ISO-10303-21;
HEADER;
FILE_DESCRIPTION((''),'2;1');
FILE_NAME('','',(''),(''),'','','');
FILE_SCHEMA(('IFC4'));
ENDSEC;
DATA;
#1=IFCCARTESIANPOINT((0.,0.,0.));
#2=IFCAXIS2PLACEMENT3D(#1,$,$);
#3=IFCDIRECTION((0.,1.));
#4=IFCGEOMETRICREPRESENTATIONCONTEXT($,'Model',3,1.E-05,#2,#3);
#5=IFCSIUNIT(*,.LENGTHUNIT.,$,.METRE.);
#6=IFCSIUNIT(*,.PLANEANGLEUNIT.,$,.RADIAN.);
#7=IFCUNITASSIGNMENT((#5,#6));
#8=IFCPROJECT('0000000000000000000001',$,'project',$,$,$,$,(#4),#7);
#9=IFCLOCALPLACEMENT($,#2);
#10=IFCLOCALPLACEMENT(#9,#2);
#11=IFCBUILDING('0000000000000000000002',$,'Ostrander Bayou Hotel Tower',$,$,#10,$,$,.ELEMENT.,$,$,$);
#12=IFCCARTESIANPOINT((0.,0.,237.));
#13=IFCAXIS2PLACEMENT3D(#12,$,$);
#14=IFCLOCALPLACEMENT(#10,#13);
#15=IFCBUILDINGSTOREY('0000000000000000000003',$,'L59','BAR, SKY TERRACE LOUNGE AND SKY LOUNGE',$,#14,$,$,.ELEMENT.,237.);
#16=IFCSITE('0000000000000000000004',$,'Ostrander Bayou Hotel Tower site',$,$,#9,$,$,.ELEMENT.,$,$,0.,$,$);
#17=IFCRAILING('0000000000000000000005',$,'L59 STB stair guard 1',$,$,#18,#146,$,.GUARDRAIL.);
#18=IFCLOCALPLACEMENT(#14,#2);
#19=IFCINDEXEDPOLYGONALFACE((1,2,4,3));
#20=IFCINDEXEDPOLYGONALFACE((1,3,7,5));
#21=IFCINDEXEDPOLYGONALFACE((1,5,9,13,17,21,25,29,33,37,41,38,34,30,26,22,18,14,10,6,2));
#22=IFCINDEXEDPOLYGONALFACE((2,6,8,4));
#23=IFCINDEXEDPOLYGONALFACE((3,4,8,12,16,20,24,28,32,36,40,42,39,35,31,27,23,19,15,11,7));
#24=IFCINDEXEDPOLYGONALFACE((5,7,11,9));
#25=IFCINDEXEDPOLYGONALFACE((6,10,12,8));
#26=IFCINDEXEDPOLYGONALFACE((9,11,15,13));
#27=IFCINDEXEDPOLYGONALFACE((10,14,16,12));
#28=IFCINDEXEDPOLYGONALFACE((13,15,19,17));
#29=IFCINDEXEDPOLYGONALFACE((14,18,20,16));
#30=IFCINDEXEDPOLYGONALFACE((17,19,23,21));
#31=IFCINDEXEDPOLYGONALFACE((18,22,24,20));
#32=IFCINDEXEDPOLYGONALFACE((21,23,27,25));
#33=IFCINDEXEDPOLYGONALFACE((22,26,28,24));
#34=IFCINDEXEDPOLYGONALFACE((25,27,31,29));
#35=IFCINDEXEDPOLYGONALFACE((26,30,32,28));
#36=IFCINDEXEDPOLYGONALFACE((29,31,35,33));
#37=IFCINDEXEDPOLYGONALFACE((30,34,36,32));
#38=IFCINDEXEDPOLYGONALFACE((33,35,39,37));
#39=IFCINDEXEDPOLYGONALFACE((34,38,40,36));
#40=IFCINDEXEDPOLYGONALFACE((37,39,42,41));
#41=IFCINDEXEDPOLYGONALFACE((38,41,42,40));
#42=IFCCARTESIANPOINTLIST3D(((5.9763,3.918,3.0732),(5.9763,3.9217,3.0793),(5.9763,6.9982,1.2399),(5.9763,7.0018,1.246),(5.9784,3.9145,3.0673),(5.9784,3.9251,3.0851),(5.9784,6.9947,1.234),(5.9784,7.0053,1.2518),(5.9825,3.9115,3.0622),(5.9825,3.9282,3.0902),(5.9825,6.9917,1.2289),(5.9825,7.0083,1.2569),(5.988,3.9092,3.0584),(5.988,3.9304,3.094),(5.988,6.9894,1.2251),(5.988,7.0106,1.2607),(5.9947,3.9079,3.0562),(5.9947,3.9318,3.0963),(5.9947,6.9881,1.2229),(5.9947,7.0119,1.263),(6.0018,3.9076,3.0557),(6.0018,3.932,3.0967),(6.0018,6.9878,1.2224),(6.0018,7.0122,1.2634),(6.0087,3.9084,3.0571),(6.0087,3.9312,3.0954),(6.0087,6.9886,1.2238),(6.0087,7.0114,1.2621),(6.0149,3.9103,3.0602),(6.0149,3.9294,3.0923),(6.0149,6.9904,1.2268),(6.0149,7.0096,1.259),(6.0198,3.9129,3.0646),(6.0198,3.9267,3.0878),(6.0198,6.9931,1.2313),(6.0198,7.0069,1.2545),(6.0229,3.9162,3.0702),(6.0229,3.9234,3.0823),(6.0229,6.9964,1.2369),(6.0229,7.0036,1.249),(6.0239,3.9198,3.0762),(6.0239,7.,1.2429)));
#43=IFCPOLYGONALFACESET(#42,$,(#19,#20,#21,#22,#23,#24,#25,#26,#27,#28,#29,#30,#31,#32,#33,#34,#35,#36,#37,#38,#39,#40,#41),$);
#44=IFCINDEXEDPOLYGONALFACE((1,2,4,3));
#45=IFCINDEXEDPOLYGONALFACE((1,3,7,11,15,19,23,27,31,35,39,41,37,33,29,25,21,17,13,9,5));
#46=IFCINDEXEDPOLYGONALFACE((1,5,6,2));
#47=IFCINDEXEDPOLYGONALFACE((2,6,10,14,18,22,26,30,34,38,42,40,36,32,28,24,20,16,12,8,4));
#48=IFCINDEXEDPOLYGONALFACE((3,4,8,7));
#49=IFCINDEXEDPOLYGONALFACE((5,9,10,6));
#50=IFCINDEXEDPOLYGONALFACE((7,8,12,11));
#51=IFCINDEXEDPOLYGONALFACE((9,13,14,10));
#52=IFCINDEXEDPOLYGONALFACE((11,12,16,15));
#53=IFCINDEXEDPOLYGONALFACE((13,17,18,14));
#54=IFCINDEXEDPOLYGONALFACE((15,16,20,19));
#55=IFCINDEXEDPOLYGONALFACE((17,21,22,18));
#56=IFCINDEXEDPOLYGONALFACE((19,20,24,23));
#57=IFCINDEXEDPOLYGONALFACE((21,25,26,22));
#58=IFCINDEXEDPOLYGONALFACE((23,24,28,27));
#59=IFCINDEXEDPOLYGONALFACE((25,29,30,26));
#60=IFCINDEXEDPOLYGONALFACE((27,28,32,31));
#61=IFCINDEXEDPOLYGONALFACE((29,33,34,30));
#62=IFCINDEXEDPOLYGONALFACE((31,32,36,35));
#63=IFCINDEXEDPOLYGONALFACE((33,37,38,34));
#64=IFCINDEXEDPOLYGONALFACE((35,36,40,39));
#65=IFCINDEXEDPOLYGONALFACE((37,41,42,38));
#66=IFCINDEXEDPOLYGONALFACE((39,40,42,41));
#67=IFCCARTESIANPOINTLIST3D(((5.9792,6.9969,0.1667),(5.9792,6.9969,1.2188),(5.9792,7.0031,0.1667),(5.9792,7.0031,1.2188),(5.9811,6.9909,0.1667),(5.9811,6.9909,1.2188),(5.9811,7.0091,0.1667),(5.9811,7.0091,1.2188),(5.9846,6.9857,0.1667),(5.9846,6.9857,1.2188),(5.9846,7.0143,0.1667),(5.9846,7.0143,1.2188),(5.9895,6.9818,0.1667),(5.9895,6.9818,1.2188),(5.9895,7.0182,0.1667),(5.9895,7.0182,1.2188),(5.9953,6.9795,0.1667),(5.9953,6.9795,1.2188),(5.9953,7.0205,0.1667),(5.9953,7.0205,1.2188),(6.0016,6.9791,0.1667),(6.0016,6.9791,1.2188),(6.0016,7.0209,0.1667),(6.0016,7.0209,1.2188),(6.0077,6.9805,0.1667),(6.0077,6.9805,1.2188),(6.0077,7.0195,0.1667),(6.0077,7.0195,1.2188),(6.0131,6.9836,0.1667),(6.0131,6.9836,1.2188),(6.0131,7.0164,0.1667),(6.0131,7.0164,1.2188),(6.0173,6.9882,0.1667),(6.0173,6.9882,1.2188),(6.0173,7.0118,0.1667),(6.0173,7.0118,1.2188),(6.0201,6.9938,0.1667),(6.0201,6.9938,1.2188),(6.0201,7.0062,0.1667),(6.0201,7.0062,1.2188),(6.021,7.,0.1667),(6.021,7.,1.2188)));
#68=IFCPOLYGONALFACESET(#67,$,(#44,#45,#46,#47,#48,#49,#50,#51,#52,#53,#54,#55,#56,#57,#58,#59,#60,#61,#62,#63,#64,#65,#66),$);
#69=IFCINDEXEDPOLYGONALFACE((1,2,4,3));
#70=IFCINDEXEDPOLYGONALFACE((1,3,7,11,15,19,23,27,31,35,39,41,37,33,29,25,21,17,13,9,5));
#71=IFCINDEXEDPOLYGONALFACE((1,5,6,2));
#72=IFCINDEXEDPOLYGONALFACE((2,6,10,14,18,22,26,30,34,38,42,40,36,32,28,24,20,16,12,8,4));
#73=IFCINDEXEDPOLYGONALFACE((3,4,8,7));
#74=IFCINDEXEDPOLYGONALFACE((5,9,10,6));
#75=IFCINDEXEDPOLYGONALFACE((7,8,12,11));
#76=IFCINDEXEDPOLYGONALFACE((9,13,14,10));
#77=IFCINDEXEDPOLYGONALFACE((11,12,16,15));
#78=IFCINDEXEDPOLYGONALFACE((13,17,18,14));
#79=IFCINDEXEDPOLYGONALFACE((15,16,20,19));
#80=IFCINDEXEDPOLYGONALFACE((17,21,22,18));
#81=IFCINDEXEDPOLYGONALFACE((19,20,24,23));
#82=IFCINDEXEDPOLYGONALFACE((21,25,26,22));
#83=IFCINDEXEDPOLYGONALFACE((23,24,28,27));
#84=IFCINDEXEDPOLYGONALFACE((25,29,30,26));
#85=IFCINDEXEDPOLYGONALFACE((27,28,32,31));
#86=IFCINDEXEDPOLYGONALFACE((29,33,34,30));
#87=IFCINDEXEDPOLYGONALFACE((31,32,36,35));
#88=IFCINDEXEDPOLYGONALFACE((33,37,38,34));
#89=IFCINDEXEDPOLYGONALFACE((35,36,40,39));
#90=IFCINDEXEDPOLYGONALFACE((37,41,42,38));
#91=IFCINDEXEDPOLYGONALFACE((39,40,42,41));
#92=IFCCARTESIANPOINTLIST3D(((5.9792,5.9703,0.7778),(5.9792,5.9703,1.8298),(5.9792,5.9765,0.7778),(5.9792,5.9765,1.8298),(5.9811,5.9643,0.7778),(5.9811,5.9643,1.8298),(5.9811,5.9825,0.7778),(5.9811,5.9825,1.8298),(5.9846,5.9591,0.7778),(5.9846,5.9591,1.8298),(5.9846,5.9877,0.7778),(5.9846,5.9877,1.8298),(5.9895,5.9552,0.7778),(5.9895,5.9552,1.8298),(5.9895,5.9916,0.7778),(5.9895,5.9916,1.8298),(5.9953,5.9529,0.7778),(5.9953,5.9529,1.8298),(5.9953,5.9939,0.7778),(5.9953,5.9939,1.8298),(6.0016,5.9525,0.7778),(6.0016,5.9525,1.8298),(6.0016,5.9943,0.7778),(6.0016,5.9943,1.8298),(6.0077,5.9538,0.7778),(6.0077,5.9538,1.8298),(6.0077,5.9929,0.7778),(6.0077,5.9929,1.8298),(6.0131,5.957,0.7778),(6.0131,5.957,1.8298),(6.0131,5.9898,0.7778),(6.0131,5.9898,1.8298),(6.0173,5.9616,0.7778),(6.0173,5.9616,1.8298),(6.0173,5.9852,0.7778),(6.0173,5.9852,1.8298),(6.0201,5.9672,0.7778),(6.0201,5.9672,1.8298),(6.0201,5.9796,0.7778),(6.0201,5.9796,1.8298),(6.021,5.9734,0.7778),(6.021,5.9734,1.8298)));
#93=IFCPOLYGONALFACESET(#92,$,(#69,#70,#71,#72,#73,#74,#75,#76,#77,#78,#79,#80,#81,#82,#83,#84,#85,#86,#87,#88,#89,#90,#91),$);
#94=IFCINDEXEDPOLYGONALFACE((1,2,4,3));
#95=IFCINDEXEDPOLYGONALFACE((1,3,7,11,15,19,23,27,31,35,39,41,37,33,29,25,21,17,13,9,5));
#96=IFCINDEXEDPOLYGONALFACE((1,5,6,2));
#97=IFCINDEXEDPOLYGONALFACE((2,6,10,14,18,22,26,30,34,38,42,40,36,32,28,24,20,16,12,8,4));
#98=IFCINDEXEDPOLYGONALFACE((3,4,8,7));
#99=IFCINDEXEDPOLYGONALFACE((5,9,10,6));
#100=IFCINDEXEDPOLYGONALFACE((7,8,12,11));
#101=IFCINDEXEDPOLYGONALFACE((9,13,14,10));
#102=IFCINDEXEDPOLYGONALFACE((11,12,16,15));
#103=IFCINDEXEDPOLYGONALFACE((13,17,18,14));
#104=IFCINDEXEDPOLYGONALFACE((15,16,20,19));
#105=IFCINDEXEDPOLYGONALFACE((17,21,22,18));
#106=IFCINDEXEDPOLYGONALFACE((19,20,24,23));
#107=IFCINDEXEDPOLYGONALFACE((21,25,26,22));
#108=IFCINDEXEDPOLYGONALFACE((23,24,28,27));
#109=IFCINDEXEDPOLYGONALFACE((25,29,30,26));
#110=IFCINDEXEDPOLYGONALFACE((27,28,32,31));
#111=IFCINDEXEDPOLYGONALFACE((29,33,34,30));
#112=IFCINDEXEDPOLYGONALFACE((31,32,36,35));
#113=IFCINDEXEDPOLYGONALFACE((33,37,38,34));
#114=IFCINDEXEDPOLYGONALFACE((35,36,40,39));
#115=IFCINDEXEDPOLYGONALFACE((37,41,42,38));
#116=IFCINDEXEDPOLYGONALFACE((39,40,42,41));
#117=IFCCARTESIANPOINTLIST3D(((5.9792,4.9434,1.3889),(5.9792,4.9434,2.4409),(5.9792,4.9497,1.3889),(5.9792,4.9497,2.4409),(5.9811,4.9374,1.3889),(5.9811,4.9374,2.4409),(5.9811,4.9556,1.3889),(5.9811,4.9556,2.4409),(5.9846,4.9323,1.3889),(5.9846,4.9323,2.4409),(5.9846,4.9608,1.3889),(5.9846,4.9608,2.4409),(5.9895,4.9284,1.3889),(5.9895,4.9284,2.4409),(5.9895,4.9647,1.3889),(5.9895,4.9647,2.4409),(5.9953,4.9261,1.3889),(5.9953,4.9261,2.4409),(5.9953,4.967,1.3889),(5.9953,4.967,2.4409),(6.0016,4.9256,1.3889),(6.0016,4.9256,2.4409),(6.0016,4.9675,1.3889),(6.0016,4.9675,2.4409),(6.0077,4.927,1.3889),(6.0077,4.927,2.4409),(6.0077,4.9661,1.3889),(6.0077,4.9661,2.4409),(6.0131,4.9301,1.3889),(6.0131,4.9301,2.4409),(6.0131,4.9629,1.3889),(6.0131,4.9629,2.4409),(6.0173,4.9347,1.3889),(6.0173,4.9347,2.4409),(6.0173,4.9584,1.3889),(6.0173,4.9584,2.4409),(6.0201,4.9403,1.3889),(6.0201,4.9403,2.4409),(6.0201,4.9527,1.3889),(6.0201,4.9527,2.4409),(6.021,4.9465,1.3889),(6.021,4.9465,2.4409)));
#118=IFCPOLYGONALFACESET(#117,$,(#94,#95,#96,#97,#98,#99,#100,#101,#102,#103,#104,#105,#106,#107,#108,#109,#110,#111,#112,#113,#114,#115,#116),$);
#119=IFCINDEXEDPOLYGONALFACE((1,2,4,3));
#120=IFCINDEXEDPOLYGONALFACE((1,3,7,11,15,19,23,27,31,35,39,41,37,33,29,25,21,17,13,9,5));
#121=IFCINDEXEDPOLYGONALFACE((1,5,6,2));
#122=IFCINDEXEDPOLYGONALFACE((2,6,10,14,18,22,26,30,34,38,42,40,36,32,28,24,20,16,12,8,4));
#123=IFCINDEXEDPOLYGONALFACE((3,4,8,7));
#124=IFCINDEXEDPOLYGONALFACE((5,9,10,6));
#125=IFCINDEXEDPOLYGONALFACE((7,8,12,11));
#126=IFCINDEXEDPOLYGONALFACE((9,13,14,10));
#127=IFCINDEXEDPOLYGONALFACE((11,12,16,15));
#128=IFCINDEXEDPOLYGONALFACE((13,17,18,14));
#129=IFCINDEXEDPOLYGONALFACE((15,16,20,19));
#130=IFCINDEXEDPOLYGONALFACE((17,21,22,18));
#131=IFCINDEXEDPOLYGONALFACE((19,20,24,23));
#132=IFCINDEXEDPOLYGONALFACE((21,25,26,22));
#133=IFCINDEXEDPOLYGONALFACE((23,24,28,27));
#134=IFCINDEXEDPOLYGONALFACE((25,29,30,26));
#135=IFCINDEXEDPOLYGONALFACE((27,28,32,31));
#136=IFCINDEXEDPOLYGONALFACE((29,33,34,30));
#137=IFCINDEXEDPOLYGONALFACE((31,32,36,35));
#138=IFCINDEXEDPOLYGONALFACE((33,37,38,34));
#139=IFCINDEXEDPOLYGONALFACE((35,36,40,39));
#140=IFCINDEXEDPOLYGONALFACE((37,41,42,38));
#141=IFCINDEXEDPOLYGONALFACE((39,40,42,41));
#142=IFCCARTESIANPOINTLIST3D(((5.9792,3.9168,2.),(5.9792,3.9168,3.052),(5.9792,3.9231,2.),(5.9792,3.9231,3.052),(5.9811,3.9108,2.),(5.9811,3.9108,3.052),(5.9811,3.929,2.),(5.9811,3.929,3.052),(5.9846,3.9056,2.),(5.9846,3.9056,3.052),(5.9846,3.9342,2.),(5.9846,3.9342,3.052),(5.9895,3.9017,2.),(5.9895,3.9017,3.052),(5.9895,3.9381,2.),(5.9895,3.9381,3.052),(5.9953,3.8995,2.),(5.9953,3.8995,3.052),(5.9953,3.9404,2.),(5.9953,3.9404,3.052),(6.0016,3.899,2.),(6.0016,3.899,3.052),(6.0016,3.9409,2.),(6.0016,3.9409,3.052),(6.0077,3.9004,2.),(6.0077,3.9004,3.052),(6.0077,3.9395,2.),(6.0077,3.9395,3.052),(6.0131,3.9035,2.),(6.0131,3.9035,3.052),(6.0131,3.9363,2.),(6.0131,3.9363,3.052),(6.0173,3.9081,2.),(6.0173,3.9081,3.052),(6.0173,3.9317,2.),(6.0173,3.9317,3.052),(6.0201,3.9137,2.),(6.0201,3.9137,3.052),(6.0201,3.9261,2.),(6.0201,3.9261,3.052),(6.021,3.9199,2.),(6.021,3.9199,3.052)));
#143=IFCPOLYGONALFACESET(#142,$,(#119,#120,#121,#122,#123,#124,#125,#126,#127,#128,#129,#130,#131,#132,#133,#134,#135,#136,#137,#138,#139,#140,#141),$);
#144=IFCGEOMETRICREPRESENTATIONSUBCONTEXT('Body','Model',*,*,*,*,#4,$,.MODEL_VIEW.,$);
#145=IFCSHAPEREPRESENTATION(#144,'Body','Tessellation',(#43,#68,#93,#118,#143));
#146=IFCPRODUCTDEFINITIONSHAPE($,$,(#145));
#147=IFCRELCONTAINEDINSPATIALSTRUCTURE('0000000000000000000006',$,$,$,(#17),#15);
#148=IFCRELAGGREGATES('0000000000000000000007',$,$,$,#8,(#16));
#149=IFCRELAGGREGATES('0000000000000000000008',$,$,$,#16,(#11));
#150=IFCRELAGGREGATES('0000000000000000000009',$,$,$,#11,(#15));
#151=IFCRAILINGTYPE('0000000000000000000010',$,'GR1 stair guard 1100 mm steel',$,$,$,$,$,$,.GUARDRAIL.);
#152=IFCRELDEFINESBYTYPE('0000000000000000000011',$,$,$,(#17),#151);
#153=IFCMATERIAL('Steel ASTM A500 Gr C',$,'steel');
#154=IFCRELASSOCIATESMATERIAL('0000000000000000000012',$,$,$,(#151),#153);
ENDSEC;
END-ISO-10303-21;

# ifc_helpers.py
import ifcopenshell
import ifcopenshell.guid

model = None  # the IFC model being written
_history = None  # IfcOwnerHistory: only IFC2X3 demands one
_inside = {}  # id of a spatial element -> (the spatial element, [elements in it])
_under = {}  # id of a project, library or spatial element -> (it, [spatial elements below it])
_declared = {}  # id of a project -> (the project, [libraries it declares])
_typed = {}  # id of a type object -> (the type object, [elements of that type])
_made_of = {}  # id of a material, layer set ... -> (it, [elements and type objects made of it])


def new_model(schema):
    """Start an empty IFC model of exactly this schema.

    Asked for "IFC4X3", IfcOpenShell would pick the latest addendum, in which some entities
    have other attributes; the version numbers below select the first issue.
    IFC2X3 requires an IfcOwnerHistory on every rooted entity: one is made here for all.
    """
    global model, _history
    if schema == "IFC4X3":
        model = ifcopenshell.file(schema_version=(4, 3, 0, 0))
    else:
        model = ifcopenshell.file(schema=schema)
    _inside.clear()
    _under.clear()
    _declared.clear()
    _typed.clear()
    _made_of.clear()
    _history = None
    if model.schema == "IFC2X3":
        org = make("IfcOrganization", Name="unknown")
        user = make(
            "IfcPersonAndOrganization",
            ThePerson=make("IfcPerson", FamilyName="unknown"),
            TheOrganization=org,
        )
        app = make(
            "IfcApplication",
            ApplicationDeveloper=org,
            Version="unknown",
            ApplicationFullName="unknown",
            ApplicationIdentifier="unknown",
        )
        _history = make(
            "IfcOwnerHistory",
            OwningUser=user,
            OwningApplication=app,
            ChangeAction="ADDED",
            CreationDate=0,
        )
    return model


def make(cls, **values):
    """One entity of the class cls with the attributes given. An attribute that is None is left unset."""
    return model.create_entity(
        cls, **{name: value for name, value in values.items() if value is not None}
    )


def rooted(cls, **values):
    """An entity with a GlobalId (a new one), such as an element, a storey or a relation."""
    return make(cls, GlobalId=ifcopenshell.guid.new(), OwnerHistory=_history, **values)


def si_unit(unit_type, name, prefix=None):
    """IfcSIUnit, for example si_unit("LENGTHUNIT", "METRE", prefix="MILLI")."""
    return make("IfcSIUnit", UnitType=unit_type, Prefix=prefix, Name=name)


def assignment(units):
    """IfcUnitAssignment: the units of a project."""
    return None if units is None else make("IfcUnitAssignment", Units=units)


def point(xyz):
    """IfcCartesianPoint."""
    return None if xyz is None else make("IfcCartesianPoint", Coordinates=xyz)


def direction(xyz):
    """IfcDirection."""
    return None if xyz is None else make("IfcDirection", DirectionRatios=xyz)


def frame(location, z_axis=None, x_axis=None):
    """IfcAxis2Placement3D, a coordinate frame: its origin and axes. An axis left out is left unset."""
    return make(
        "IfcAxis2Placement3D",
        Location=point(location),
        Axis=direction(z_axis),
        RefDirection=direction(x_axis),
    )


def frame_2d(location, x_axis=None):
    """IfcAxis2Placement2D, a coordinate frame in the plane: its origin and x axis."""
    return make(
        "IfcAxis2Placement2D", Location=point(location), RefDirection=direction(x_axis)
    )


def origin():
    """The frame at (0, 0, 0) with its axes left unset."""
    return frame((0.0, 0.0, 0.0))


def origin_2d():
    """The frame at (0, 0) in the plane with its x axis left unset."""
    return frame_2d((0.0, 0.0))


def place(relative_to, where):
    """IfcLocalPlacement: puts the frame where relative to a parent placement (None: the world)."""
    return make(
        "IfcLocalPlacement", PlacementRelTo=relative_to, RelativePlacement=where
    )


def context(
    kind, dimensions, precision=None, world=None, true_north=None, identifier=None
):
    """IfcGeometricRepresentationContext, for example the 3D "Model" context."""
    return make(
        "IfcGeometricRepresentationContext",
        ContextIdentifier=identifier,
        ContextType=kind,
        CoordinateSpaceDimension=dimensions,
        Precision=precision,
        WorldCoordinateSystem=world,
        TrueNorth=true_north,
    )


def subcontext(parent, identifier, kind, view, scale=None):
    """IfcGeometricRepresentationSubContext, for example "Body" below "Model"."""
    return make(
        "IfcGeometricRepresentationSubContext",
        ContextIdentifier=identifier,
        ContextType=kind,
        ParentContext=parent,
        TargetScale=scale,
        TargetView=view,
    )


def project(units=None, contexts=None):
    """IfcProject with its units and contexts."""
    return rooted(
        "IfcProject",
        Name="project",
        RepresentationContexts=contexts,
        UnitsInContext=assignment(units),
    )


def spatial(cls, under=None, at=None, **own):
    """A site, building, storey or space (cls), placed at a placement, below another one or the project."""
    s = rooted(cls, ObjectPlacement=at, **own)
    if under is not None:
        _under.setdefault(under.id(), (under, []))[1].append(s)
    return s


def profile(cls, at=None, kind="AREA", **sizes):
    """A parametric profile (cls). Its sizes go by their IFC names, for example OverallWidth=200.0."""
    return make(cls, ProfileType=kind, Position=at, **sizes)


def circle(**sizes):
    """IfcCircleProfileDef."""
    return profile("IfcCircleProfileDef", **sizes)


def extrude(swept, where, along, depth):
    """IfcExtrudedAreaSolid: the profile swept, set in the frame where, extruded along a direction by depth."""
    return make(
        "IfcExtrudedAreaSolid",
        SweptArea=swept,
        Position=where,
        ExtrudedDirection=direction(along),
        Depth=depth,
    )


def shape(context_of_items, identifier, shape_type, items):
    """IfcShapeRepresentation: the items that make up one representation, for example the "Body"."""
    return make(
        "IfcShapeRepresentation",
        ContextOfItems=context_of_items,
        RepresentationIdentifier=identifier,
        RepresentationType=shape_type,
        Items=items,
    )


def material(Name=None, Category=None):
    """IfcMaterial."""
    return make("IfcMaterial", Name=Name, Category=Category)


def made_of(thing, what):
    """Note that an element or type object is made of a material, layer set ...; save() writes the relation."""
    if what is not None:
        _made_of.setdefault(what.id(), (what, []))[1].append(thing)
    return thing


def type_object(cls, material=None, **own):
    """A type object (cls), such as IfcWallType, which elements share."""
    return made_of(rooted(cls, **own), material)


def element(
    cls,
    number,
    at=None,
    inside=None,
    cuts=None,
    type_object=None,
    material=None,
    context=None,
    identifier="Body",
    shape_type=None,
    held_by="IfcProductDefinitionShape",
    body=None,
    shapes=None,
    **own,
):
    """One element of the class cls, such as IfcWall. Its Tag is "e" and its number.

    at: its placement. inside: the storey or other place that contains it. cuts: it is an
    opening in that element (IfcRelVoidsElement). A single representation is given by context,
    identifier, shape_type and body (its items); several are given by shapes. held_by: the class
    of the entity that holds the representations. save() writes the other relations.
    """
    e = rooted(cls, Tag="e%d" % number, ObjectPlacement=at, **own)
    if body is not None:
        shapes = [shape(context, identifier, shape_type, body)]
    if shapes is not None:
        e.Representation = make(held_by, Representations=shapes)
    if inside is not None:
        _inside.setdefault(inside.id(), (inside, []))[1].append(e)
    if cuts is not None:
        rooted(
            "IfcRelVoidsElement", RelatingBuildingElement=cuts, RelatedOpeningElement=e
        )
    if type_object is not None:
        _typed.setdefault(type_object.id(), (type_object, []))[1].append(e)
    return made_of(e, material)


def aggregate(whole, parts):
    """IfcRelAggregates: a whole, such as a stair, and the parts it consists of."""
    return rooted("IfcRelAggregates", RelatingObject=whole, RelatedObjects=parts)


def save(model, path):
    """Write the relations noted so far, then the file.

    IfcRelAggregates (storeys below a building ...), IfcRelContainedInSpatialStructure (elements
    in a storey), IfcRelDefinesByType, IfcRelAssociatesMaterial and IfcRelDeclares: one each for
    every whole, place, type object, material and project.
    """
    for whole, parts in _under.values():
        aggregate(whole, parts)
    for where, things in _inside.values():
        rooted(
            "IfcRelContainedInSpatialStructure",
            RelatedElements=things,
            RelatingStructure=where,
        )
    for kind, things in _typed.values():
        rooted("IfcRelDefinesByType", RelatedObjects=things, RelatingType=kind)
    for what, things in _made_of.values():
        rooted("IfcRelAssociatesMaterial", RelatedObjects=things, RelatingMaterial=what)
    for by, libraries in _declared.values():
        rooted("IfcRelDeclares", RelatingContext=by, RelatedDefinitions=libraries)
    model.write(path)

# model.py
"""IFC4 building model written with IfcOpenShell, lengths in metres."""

from ifc_helpers import new_model, si_unit, direction, frame, origin, origin_2d, place, context, subcontext, project, spatial, circle, extrude, material, type_object, element, save


model = new_model("IFC4")

# Units and contexts
model_context = context("Model", 3, precision=1e-05, world=origin(), true_north=direction((0.0, 1.0)))
body_context = subcontext(model_context, "Body", "Model", "MODEL_VIEW")
ifc_project = project(units=[si_unit("LENGTHUNIT", "METRE"), si_unit("PLANEANGLEUNIT", "RADIAN")], contexts=[model_context])

# Site, building, storey
site_placement = place(None, origin())
site = spatial("IfcSite", under=ifc_project, at=site_placement, Name="Ostrander Bayou Hotel Tower site", CompositionType="ELEMENT", RefElevation=0.0)
building_placement = place(site_placement, origin())
building = spatial("IfcBuilding", under=site, at=building_placement, Name="Ostrander Bayou Hotel Tower", CompositionType="ELEMENT")
storey_placement = place(building_placement, frame((0.0, 0.0, 237.0)))
storey = spatial("IfcBuildingStorey", under=building, at=storey_placement, Name="L59", Description="BAR, SKY TERRACE LOUNGE AND SKY LOUNGE", CompositionType="ELEMENT", Elevation=237.0)

# Railing
ifc_material_1 = material(Name="Steel ASTM A500 Gr C", Category="steel")
railing_type_1 = type_object("IfcRailingType", Name="GR1 stair guard 1100 mm steel", PredefinedType="GUARDRAIL", material=ifc_material_1)
railing_1_placement = place(storey_placement, frame((6.0, 7.0, 0.1667)))
element("IfcRailing", 1, at=railing_1_placement, inside=storey, type_object=railing_type_1, Name="L59 STB stair guard 1", PredefinedType="GUARDRAIL", context=body_context, shape_type="SweptSolid", body=[
    extrude(circle(Radius=0.0239, at=origin_2d()), frame((0.0, 0.0, 1.0762), z_axis=(0.0, -0.859309, 0.511458), x_axis=(1.0, 0.0, 0.0)), (0.0, 0.0, 1.0), 3.5845),
    extrude(circle(Radius=0.021, at=origin_2d()), origin(), (0.0, 0.0, 1.0), 1.052),
    extrude(circle(Radius=0.021, at=origin_2d()), frame((0.0, -1.0266, 0.6111)), (0.0, 0.0, 1.0), 1.052),
    extrude(circle(Radius=0.021, at=origin_2d()), frame((0.0, -2.0535, 1.2222)), (0.0, 0.0, 1.0), 1.052),
    extrude(circle(Radius=0.021, at=origin_2d()), frame((0.0, -3.0801, 1.8333)), (0.0, 0.0, 1.0), 1.052),
])

save(model, "model.ifc")
